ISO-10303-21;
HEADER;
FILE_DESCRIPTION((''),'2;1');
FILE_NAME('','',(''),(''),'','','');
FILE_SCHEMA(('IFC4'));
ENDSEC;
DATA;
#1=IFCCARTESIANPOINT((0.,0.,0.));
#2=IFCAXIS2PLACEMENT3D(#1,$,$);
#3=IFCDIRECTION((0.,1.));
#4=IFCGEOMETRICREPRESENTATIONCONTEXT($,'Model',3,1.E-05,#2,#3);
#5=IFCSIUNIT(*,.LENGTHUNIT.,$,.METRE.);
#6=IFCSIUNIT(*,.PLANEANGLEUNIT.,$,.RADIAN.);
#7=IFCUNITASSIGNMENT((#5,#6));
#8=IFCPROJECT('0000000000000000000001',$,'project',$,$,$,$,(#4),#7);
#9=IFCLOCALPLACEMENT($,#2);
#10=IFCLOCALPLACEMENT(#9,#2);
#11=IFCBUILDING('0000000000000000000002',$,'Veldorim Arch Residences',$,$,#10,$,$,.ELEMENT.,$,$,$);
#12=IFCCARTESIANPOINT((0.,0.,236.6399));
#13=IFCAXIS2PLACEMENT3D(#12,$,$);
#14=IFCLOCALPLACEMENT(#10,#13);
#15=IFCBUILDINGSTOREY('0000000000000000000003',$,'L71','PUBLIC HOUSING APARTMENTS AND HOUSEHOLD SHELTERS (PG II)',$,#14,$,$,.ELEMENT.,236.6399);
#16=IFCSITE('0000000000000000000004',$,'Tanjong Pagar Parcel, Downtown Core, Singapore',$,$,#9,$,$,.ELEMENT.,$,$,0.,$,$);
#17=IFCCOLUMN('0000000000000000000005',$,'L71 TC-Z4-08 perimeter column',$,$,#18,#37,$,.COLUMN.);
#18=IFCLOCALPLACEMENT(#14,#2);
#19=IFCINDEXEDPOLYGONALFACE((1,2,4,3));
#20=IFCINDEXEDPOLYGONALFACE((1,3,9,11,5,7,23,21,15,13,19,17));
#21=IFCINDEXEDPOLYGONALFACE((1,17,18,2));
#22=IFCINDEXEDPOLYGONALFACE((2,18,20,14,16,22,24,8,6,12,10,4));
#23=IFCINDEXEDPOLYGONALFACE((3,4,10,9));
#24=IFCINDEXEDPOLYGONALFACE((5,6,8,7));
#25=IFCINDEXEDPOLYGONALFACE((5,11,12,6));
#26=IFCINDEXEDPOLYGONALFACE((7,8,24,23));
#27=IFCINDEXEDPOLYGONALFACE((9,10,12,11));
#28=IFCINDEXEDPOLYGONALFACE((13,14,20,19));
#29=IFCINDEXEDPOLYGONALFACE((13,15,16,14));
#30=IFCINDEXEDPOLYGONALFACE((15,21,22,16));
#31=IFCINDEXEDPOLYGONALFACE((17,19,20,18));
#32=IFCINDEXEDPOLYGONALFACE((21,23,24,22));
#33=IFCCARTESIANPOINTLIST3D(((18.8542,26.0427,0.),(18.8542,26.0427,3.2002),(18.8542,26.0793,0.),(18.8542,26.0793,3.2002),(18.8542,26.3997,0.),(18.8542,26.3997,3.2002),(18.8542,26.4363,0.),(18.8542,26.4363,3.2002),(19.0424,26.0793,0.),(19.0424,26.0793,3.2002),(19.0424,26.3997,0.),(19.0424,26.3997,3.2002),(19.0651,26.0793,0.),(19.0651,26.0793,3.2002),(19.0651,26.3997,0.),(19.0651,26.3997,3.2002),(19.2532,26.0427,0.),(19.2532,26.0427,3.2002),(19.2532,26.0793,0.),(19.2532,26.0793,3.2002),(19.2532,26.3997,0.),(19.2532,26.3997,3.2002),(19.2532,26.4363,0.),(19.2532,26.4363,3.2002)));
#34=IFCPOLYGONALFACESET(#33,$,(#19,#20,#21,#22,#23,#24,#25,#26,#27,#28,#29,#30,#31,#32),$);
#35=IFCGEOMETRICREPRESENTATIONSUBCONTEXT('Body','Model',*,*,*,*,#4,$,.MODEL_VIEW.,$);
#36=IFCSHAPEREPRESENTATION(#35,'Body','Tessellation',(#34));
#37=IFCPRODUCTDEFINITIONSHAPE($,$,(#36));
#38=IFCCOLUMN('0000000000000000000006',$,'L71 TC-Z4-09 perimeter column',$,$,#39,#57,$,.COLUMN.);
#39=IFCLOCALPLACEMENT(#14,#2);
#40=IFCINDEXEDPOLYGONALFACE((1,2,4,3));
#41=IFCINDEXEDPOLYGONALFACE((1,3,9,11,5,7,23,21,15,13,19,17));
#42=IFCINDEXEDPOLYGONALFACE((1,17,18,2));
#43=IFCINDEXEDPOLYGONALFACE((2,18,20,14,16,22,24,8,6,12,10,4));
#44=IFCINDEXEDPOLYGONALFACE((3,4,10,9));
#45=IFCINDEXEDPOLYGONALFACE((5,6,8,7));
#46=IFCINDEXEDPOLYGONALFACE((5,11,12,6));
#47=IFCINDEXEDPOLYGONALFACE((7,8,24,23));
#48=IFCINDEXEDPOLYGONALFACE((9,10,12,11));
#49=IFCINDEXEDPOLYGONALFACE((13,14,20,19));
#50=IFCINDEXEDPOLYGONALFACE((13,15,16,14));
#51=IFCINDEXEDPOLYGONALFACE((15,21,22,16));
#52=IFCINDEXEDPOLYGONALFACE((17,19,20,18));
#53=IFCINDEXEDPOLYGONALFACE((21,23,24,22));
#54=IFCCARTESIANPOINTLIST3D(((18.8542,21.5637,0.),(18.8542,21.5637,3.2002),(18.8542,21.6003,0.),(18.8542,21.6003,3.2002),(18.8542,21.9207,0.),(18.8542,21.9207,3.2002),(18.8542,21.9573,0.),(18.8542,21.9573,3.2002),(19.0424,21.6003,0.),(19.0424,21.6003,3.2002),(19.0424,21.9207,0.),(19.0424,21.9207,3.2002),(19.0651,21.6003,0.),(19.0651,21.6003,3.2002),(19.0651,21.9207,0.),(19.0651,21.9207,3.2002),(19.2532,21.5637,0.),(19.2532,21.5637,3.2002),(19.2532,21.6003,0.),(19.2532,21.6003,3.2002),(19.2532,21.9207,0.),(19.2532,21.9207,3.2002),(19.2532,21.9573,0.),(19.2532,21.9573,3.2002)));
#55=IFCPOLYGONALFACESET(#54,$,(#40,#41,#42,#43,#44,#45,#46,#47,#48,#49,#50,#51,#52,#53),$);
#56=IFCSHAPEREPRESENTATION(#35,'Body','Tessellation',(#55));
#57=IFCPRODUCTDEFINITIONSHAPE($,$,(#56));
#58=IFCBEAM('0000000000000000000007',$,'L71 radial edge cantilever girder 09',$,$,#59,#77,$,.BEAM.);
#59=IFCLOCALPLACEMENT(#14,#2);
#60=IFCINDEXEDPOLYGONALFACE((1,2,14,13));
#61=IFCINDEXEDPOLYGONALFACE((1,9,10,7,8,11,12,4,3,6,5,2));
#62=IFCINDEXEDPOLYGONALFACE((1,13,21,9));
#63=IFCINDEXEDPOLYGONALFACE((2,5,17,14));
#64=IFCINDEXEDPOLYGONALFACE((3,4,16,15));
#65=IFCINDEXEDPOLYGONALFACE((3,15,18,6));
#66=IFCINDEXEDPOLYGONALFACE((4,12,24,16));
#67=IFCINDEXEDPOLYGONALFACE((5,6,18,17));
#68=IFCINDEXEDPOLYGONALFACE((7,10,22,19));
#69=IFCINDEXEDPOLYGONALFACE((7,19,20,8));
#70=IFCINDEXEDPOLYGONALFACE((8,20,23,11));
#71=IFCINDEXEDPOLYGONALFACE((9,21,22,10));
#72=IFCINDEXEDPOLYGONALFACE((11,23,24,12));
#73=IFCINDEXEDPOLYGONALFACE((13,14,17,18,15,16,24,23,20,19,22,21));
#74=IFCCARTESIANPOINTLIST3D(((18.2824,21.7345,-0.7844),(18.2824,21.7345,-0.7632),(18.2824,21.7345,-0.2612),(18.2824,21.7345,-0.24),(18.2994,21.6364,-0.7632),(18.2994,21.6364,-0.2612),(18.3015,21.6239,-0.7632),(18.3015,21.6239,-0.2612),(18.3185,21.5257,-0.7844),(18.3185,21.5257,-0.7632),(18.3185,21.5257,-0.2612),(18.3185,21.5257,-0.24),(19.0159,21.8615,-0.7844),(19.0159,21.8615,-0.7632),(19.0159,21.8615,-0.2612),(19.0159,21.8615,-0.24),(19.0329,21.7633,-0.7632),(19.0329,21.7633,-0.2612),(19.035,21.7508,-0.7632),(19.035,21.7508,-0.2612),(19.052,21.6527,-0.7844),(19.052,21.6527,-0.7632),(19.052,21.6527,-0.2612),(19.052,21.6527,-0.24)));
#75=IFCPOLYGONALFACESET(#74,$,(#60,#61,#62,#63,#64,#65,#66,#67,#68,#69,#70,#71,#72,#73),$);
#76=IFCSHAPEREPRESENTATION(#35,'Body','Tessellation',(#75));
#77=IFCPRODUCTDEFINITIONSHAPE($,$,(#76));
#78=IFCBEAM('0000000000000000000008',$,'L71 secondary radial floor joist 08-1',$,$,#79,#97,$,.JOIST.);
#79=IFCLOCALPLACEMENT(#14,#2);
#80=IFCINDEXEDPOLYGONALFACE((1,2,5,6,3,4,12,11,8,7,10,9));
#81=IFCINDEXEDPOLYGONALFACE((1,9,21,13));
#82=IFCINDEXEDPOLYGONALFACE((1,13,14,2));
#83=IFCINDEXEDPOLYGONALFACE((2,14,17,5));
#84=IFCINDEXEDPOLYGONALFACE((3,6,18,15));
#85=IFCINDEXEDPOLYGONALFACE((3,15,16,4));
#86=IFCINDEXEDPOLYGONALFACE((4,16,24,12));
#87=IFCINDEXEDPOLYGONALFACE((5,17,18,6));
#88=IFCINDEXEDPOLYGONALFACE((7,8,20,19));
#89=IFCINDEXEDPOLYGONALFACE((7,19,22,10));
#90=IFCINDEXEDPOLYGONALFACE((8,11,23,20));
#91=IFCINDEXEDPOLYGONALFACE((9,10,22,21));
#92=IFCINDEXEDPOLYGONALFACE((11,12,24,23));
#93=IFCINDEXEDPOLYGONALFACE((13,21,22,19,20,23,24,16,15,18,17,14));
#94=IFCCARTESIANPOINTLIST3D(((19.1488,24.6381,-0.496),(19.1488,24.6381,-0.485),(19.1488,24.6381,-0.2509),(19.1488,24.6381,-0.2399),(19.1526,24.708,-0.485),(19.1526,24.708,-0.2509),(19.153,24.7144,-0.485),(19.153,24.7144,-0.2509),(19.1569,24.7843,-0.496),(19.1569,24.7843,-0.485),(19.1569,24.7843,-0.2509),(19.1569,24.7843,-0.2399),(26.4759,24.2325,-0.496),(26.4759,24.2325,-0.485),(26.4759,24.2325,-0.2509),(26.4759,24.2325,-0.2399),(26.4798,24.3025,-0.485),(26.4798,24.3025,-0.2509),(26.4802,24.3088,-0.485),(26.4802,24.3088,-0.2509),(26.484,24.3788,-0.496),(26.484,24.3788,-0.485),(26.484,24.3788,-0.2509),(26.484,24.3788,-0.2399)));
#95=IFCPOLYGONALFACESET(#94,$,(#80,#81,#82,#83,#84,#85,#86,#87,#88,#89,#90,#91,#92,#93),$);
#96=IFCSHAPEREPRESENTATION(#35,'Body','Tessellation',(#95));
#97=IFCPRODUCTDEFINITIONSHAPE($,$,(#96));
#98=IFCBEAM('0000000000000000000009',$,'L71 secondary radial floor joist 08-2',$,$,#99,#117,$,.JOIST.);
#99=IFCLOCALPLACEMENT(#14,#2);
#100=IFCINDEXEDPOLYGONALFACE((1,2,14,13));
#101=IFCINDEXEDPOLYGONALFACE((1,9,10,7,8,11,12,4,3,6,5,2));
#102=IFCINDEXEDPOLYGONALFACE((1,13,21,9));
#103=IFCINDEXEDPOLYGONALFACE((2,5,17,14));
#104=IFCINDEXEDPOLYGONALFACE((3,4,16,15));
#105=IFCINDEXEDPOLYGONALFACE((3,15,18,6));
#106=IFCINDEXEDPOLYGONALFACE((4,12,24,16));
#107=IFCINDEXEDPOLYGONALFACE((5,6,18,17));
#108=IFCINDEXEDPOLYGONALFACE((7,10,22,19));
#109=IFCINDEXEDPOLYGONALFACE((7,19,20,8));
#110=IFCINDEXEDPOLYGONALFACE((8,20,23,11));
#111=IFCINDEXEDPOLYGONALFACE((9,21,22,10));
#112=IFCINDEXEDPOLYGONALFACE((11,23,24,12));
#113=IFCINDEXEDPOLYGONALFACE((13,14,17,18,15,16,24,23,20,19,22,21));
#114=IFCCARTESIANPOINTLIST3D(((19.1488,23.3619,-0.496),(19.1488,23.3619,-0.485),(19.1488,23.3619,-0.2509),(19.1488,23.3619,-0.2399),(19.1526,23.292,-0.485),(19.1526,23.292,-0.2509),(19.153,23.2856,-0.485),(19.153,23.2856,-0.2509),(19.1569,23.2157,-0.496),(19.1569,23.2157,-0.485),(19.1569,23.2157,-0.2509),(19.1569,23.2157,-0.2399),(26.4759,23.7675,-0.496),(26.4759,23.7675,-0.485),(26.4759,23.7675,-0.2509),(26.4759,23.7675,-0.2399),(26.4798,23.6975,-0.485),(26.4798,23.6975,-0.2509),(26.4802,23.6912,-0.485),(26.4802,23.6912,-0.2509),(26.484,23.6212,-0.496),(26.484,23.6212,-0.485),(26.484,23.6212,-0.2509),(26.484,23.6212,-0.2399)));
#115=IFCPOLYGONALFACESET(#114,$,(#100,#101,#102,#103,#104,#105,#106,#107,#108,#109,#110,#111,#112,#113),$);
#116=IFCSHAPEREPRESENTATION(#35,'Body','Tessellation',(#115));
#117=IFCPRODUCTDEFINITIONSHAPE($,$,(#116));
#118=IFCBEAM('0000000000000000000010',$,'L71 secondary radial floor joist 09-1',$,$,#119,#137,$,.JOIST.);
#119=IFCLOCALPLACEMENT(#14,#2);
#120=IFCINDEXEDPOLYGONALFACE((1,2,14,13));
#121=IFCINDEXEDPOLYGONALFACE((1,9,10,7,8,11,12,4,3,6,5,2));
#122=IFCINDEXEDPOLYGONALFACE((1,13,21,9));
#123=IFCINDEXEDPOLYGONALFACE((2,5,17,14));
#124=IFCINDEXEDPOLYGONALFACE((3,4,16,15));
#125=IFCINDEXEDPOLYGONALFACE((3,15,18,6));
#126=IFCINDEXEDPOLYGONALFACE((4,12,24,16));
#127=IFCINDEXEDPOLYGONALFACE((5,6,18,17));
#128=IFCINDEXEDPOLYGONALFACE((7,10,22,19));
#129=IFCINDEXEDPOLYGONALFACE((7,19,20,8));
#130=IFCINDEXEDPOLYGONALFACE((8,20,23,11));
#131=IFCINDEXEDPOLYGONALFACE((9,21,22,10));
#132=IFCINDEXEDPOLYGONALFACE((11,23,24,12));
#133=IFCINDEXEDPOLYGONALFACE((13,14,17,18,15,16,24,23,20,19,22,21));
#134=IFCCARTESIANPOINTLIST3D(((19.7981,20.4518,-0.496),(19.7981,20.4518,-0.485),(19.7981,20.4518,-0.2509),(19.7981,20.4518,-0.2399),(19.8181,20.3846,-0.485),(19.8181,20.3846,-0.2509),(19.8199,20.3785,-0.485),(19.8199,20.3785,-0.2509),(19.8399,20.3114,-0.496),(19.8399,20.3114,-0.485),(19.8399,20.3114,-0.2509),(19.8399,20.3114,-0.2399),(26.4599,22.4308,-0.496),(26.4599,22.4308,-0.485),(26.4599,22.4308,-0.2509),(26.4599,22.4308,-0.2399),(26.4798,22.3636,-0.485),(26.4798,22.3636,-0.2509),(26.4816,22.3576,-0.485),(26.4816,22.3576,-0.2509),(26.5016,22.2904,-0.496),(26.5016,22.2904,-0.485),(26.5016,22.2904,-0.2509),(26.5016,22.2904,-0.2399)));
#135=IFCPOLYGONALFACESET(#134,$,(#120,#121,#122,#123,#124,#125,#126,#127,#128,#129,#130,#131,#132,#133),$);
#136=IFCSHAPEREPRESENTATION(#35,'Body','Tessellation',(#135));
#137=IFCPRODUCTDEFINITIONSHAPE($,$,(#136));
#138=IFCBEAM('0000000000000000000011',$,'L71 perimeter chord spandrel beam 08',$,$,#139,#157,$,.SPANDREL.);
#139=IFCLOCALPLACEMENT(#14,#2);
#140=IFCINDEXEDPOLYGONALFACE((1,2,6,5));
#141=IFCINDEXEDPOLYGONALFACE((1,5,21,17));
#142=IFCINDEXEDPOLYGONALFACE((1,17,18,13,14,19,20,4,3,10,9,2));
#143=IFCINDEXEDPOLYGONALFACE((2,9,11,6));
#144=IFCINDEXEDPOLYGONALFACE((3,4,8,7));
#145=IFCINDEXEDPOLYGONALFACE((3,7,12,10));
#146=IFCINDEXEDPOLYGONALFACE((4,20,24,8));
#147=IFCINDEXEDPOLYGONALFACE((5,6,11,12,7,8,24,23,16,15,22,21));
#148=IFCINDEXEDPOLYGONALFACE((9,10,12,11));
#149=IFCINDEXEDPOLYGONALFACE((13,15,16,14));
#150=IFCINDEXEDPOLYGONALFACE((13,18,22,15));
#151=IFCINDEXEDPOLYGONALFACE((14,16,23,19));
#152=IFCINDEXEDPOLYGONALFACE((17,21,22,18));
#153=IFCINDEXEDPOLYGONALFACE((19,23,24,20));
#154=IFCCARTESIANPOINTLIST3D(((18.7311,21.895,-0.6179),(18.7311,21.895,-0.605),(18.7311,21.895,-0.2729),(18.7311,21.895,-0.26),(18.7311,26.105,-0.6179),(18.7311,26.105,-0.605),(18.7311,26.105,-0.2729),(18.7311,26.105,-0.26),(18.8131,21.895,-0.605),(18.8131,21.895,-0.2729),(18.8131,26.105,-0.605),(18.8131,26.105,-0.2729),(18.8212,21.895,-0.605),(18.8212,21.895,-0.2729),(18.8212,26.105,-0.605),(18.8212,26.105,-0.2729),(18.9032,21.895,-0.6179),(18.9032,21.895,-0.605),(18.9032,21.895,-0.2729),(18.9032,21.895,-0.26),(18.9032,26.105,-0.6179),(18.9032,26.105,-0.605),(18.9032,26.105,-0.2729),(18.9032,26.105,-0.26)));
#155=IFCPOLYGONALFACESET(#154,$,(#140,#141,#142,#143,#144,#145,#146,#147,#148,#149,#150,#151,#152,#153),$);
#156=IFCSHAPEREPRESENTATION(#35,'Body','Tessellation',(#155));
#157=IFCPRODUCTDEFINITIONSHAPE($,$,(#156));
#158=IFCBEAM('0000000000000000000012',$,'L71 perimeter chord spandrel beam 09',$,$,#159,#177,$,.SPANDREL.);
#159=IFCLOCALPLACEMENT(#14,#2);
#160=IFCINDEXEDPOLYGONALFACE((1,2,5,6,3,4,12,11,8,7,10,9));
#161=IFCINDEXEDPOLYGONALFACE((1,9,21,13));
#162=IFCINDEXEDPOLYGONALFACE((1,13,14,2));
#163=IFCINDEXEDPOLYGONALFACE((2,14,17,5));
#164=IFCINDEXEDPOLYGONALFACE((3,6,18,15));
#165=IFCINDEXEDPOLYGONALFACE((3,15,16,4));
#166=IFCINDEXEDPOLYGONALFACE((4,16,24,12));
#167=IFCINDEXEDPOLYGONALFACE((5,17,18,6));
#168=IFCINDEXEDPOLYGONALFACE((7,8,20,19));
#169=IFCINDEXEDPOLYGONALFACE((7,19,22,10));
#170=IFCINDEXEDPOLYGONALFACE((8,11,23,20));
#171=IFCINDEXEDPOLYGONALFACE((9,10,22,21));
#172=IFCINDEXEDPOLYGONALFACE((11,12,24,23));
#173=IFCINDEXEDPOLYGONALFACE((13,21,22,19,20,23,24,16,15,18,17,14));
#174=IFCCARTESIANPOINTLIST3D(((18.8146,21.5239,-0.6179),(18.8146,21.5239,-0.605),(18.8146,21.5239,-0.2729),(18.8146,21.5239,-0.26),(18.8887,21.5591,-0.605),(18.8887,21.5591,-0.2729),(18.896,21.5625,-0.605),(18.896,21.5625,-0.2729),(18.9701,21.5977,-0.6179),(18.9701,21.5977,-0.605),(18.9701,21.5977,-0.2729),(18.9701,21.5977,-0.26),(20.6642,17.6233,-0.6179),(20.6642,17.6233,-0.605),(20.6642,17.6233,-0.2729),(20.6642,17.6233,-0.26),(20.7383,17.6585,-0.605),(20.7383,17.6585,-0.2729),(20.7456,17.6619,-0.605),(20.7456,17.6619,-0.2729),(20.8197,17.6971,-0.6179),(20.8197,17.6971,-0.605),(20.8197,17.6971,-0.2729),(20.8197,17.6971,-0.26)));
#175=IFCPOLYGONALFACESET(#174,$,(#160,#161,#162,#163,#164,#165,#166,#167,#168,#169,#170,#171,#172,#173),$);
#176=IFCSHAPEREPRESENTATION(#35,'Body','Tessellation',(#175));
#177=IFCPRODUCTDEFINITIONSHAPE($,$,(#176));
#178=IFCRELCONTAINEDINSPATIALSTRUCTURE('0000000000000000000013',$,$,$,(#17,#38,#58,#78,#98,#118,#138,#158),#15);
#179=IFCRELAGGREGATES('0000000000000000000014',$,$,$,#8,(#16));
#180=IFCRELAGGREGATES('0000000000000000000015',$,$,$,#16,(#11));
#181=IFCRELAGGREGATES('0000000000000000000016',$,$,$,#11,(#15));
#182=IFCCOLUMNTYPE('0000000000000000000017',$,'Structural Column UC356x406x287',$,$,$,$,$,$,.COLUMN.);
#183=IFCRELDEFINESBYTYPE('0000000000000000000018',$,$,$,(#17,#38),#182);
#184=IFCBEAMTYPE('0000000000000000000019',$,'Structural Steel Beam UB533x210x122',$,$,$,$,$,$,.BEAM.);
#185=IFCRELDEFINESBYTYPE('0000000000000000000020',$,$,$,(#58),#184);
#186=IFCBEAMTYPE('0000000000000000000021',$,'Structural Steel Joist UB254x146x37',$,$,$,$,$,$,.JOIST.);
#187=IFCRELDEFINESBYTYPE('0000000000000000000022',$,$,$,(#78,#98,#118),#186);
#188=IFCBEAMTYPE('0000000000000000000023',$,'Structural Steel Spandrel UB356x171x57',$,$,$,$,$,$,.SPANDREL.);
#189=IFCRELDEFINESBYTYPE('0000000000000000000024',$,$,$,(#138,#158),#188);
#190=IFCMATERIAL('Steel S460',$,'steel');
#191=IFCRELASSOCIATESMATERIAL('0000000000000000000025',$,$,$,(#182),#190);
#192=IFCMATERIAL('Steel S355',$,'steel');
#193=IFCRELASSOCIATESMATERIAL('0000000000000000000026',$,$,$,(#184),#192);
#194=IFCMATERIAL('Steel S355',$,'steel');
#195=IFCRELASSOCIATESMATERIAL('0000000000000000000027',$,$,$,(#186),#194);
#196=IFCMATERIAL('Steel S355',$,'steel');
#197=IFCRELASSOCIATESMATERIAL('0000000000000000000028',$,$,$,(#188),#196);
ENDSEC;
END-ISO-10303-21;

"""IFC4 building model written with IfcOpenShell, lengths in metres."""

from ifc_helpers import new_model, si_unit, direction, frame, origin, origin_2d, place, context, subcontext, project, spatial, i_section, extrude, material, material_profile, profile_set, type_object, element, save


model = new_model("IFC4")

# Units and contexts
model_context = context("Model", 3, precision=1e-05, world=origin(), true_north=direction((0.0, 1.0)))
body_context = subcontext(model_context, "Body", "Model", "MODEL_VIEW")
ifc_project = project(units=[si_unit("LENGTHUNIT", "METRE"), si_unit("PLANEANGLEUNIT", "RADIAN")], contexts=[model_context])

# Site, building, storey
site_placement = place(None, origin())
site = spatial("IfcSite", under=ifc_project, at=site_placement, Name="Tanjong Pagar Parcel, Downtown Core, Singapore", CompositionType="ELEMENT", RefElevation=0.0)
building_placement = place(site_placement, origin())
building = spatial("IfcBuilding", under=site, at=building_placement, Name="Veldorim Arch Residences", CompositionType="ELEMENT")
storey_placement = place(building_placement, frame((0.0, 0.0, 236.6399)))
storey = spatial("IfcBuildingStorey", under=building, at=storey_placement, Name="L71", Description="PUBLIC HOUSING APARTMENTS AND HOUSEHOLD SHELTERS (PG II)", CompositionType="ELEMENT", Elevation=236.6399)

# Columns
ifc_material_1 = material(Name="Steel S460", Category="steel")
ifc_material_profile_1 = material_profile(ifc_material_1, i_section(OverallWidth=0.3989, OverallDepth=0.3936, WebThickness=0.0227, FlangeThickness=0.0366, at=origin_2d()), Name="UC356x406x287")
ifc_profile_set_1 = profile_set([ifc_material_profile_1], Name="Steel S460")
column_type = type_object("IfcColumnType", Name="Structural Column UC356x406x287", PredefinedType="COLUMN", material=ifc_profile_set_1)
for number, where, z_axis, x_axis, name in (
    (1, (19.0537, 26.2395, 0.0), (0.0, 0.0, 1.0), (1.0, 0.0, 0.0), "L71 TC-Z4-08 perimeter column"),
    (2, (19.0537, 21.7605, 0.0), (0.0, 0.0, 1.0), (1.0, 0.0, 0.0), "L71 TC-Z4-09 perimeter column"),
):
    element("IfcColumn", number, at=place(storey_placement, frame(where, z_axis=z_axis, x_axis=x_axis)), inside=storey, type_object=column_type, Name=name, PredefinedType="COLUMN", context=body_context, shape_type="SweptSolid", body=[
        extrude(i_section(OverallWidth=0.3989, OverallDepth=0.3936, WebThickness=0.0227, FlangeThickness=0.0366, at=origin_2d()), origin(), (0.0, 0.0, 1.0), 3.2002),
    ])

# Beams
ifc_material_2 = material(Name="Steel S355", Category="steel")
ifc_material_profile_2 = material_profile(ifc_material_2, i_section(OverallWidth=0.2119, OverallDepth=0.5444, WebThickness=0.0127, FlangeThickness=0.0212, at=origin_2d()), Name="UB533x210x122")
ifc_profile_set_2 = profile_set([ifc_material_profile_2], Name="Steel S355")
beam_type_1 = type_object("IfcBeamType", Name="Structural Steel Beam UB533x210x122", PredefinedType="BEAM", material=ifc_profile_set_2)
beam_1_placement = place(storey_placement, frame((19.0339, 21.7571, -0.5122), z_axis=(-0.985346, -0.170566, 0.0), x_axis=(0.170566, -0.985346, 0.0)))
element("IfcBeam", 3, at=beam_1_placement, inside=storey, type_object=beam_type_1, Name="L71 radial edge cantilever girder 09", PredefinedType="BEAM", context=body_context, shape_type="SweptSolid", body=[
    extrude(i_section(OverallWidth=0.2119, OverallDepth=0.5444, WebThickness=0.0127, FlangeThickness=0.0212, at=origin_2d()), origin(), (0.0, 0.0, 1.0), 0.7444),
])
ifc_material_3 = material(Name="Steel S355", Category="steel")
ifc_material_profile_3 = material_profile(ifc_material_3, i_section(OverallWidth=0.1465, OverallDepth=0.2561, WebThickness=0.0063, FlangeThickness=0.011, at=origin_2d()), Name="UB254x146x37")
ifc_profile_set_3 = profile_set([ifc_material_profile_3], Name="Steel S355")
beam_type_2 = type_object("IfcBeamType", Name="Structural Steel Joist UB254x146x37", PredefinedType="JOIST", material=ifc_profile_set_3)
for number, where, z_axis, x_axis, name in (
    (4, (26.48, 24.3057, -0.3679), (-0.998472, 0.05526, 0.0), (-0.05526, -0.998472, 0.0), "L71 secondary radial floor joist 08-1"),
    (5, (26.48, 23.6943, -0.3679), (-0.998472, -0.05526, 0.0), (0.05526, -0.998472, 0.0), "L71 secondary radial floor joist 08-2"),
):
    element("IfcBeam", number, at=place(storey_placement, frame(where, z_axis=z_axis, x_axis=x_axis)), inside=storey, type_object=beam_type_2, Name=name, PredefinedType="JOIST", context=body_context, shape_type="SweptSolid", body=[
        extrude(i_section(OverallWidth=0.1465, OverallDepth=0.2561, WebThickness=0.0063, FlangeThickness=0.011, at=origin_2d()), origin(), (0.0, 0.0, 1.0), 7.3384),
    ])
beam_2_placement = place(storey_placement, frame((26.4807, 22.3606, -0.3679), z_axis=(-0.958594, -0.284775, 0.0), x_axis=(0.284775, -0.958594, 0.0)))
element("IfcBeam", 6, at=beam_2_placement, inside=storey, type_object=beam_type_2, Name="L71 secondary radial floor joist 09-1", PredefinedType="JOIST", context=body_context, shape_type="SweptSolid", body=[
    extrude(i_section(OverallWidth=0.1465, OverallDepth=0.2561, WebThickness=0.0063, FlangeThickness=0.011, at=origin_2d()), origin(), (0.0, 0.0, 1.0), 6.9495),
])
ifc_material_4 = material(Name="Steel S355", Category="steel")
ifc_material_profile_4 = material_profile(ifc_material_4, i_section(OverallWidth=0.1721, OverallDepth=0.3579, WebThickness=0.0081, FlangeThickness=0.0129, at=origin_2d()), Name="UB356x171x57")
ifc_profile_set_4 = profile_set([ifc_material_profile_4], Name="Steel S355")
beam_type_3 = type_object("IfcBeamType", Name="Structural Steel Spandrel UB356x171x57", PredefinedType="SPANDREL", material=ifc_profile_set_4)
beam_3_placement = place(storey_placement, frame((18.8171, 26.105, -0.439), z_axis=(0.0, -1.0, 0.0), x_axis=(1.0, 0.0, 0.0)))
element("IfcBeam", 7, at=beam_3_placement, inside=storey, type_object=beam_type_3, Name="L71 perimeter chord spandrel beam 08", PredefinedType="SPANDREL", context=body_context, shape_type="SweptSolid", body=[
    extrude(i_section(OverallWidth=0.1721, OverallDepth=0.3579, WebThickness=0.0081, FlangeThickness=0.0129, at=origin_2d()), origin(), (0.0, 0.0, 1.0), 4.21),
])
beam_4_placement = place(storey_placement, frame((18.8923, 21.5608, -0.439), z_axis=(0.428453, -0.903564, 0.0), x_axis=(0.903564, 0.428453, 0.0)))
element("IfcBeam", 8, at=beam_4_placement, inside=storey, type_object=beam_type_3, Name="L71 perimeter chord spandrel beam 09", PredefinedType="SPANDREL", context=body_context, shape_type="SweptSolid", body=[
    extrude(i_section(OverallWidth=0.1721, OverallDepth=0.3579, WebThickness=0.0081, FlangeThickness=0.0129, at=origin_2d()), origin(), (0.0, 0.0, 1.0), 4.3169),
])

save(model, "model.ifc")
